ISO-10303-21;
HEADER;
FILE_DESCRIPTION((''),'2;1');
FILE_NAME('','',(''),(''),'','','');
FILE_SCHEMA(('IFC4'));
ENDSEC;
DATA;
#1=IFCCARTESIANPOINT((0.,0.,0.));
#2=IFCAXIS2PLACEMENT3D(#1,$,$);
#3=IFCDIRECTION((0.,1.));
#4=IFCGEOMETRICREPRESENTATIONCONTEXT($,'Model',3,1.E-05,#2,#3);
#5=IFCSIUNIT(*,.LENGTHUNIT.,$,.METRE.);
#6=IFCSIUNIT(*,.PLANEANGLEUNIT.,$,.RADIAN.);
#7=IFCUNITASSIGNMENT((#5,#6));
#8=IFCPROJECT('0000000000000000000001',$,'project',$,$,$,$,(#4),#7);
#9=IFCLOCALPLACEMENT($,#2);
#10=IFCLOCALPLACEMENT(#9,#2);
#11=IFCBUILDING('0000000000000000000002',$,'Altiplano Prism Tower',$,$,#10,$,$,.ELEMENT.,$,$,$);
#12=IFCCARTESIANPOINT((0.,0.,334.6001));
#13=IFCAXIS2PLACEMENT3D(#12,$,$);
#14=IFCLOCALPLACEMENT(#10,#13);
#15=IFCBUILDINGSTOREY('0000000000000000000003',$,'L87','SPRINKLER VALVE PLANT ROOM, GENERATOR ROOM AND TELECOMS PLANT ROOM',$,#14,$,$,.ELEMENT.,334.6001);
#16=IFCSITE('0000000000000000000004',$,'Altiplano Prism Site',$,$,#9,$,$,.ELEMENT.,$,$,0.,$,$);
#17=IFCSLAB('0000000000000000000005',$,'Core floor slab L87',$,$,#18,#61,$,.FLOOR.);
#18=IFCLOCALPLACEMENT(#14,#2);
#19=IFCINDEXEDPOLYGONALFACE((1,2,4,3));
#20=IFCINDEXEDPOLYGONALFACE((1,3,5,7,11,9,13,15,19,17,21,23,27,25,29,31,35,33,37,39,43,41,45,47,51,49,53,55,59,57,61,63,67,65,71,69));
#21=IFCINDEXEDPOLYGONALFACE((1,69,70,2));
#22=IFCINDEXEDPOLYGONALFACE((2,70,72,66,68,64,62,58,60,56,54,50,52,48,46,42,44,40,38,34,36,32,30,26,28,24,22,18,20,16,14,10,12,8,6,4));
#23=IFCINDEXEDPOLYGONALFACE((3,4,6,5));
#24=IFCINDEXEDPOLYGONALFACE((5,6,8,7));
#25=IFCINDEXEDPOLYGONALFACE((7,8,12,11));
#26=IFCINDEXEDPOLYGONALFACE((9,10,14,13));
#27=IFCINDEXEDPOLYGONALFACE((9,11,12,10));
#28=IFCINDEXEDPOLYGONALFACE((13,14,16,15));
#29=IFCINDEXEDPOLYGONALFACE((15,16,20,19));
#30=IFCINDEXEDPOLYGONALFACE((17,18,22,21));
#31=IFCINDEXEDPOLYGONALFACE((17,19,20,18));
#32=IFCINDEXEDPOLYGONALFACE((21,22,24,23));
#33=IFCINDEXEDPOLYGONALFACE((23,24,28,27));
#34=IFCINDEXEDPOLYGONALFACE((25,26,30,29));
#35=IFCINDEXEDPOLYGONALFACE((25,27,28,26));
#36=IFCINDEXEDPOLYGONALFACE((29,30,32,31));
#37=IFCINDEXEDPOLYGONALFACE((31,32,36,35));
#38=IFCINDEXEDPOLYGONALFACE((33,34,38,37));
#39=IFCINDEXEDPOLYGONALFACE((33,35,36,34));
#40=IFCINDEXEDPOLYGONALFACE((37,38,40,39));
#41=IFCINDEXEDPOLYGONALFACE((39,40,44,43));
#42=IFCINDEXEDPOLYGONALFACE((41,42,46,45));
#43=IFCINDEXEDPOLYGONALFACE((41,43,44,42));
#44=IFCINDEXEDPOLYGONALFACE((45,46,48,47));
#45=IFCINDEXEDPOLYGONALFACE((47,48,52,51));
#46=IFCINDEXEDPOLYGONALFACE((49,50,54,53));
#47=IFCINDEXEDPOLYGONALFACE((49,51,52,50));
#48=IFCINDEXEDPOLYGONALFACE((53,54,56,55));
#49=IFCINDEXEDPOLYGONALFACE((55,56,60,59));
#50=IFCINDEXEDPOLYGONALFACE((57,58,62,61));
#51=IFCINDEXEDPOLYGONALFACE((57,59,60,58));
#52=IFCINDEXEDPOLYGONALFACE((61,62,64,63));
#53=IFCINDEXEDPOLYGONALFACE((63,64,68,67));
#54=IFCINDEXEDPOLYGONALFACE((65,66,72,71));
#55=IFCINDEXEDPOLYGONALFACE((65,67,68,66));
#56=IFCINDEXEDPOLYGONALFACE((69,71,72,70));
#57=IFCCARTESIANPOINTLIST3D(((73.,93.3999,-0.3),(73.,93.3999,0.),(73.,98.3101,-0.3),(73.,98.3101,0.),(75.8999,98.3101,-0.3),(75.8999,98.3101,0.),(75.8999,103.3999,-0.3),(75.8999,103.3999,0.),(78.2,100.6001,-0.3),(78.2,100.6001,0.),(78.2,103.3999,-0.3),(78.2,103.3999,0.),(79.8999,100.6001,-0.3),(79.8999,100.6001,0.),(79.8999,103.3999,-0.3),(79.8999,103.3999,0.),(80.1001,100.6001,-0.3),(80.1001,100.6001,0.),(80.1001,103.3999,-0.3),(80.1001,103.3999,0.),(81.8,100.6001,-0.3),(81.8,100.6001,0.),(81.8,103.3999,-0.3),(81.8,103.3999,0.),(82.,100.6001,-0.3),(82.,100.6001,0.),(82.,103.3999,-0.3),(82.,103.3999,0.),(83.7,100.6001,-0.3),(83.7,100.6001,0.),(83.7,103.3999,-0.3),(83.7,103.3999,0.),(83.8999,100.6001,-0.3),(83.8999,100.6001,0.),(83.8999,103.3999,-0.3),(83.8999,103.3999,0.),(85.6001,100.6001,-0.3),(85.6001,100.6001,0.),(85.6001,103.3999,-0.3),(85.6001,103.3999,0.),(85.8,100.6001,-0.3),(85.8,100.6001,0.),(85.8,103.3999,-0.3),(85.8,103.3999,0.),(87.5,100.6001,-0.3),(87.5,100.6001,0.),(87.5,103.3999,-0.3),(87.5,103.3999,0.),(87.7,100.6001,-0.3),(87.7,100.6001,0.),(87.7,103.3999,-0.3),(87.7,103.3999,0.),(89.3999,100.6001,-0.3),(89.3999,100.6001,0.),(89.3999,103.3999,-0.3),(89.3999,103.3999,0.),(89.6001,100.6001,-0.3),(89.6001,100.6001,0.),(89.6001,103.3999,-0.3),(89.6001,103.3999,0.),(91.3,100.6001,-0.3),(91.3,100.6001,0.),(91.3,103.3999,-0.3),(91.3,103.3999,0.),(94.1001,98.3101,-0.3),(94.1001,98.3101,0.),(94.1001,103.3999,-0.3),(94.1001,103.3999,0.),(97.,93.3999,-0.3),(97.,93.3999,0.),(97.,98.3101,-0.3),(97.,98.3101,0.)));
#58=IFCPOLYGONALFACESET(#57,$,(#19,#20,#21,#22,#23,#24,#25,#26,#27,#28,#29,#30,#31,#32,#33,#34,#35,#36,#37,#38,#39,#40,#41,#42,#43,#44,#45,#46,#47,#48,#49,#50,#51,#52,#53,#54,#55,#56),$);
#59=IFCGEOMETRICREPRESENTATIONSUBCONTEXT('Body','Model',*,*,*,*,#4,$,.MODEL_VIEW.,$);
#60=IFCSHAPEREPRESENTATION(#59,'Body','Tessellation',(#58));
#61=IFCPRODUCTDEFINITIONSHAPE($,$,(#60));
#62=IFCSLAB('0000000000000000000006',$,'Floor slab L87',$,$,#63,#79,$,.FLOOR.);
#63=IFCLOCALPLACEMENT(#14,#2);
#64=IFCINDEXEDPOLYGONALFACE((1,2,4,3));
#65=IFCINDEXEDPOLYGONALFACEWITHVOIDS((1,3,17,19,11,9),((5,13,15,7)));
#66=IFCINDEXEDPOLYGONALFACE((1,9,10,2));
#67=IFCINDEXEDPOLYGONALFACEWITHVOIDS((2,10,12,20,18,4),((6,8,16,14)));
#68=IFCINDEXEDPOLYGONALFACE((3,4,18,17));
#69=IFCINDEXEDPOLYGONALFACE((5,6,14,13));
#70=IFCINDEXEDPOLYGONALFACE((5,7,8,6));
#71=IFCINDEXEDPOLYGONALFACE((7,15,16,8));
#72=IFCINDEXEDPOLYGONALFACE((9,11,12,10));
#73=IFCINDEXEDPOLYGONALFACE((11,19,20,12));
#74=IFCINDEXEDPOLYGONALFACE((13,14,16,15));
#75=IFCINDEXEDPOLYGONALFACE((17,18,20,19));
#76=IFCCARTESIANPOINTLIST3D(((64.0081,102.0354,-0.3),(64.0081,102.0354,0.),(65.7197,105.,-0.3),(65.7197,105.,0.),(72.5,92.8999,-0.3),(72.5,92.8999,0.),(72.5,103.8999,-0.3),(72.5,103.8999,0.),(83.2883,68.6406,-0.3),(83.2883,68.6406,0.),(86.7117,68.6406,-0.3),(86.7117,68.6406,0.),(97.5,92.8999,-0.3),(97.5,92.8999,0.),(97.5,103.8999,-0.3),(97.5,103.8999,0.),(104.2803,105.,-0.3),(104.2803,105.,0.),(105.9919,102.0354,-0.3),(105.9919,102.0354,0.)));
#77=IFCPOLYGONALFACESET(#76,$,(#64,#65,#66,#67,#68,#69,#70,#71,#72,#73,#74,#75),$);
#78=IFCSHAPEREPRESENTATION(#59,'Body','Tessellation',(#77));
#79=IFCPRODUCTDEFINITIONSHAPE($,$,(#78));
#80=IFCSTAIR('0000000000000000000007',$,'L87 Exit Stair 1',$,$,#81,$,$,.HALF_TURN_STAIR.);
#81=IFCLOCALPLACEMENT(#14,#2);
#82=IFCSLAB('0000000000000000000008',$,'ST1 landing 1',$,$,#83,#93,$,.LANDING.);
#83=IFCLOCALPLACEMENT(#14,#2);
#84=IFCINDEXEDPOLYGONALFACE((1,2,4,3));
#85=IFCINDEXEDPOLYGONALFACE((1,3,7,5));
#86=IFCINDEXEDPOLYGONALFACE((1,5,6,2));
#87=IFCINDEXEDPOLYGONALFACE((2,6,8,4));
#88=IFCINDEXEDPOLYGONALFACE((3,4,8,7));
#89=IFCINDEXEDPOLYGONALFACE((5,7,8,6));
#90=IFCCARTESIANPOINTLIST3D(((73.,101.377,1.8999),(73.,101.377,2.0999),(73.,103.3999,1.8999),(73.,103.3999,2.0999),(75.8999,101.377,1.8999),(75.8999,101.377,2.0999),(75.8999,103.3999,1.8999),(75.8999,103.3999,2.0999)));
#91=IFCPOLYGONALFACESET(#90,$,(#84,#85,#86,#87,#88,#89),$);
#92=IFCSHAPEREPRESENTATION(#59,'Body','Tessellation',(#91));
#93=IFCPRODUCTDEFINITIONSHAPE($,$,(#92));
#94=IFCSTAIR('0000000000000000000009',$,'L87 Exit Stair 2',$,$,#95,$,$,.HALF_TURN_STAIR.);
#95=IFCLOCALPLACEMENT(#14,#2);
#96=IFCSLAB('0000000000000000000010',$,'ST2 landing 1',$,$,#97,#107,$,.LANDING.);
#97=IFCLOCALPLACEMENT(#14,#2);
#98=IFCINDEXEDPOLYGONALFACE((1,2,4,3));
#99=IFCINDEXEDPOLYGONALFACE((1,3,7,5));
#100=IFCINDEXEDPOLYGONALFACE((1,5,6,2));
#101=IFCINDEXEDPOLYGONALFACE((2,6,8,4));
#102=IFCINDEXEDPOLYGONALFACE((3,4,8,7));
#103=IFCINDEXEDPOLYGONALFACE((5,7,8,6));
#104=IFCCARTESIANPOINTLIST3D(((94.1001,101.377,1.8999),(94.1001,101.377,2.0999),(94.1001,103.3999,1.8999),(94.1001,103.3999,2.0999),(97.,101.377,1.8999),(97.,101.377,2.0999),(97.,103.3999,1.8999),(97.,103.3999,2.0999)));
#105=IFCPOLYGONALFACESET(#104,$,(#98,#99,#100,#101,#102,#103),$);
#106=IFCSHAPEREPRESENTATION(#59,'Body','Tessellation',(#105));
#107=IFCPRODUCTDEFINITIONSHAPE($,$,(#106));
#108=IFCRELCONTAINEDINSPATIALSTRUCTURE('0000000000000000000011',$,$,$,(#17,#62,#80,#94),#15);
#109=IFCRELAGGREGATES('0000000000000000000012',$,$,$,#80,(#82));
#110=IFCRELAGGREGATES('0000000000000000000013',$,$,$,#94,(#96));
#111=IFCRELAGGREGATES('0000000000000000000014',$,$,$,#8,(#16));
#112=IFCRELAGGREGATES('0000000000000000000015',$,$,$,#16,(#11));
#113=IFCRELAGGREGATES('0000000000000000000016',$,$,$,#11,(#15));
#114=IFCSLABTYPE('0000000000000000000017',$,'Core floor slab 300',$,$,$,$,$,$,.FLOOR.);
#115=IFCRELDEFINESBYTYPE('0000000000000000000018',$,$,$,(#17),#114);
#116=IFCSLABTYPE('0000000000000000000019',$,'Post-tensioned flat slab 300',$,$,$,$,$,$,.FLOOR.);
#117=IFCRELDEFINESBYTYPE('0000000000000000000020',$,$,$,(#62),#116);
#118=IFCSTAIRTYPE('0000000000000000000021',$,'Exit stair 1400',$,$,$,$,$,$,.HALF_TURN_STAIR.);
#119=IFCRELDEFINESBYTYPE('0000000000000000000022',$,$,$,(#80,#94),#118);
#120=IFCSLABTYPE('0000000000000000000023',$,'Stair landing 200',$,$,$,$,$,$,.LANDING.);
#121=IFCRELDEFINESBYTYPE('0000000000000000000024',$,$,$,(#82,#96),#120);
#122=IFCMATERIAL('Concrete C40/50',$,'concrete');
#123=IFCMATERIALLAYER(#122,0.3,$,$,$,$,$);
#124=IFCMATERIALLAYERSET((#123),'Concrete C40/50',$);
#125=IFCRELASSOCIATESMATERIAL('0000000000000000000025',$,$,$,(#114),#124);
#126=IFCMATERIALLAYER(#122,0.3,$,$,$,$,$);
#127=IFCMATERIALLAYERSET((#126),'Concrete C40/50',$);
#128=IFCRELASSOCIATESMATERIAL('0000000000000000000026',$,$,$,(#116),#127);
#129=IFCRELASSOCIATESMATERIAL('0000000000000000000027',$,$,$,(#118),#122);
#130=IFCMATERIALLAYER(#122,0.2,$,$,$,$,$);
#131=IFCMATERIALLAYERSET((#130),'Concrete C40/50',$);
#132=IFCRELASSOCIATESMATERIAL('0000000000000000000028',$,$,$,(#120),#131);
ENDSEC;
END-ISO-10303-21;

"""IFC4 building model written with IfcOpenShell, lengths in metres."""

from ifc_helpers import new_model, si_unit, direction, frame, origin, place, context, subcontext, project, spatial, polyline, outline, extrude, material, layer, layer_set, type_object, element, aggregate, save


model = new_model("IFC4")

# Units and contexts
model_context = context("Model", 3, precision=1e-05, world=origin(), true_north=direction((0.0, 1.0)))
body_context = subcontext(model_context, "Body", "Model", "MODEL_VIEW")
ifc_project = project(units=[si_unit("LENGTHUNIT", "METRE"), si_unit("PLANEANGLEUNIT", "RADIAN")], contexts=[model_context])

# Site, building, storey
site_placement = place(None, origin())
site = spatial("IfcSite", under=ifc_project, at=site_placement, Name="Altiplano Prism Site", CompositionType="ELEMENT", RefElevation=0.0)
building_placement = place(site_placement, origin())
building = spatial("IfcBuilding", under=site, at=building_placement, Name="Altiplano Prism Tower", CompositionType="ELEMENT")
storey_placement = place(building_placement, frame((0.0, 0.0, 334.6001)))
storey = spatial("IfcBuildingStorey", under=building, at=storey_placement, Name="L87", Description="SPRINKLER VALVE PLANT ROOM, GENERATOR ROOM AND TELECOMS PLANT ROOM", CompositionType="ELEMENT", Elevation=334.6001)

# Slabs
ifc_material_1 = material(Name="Concrete C40/50", Category="concrete")
ifc_layer_1 = layer(ifc_material_1, 0.3)
ifc_layer_set_1 = layer_set([ifc_layer_1], Name="Concrete C40/50")
slab_type_1 = type_object("IfcSlabType", Name="Core floor slab 300", PredefinedType="FLOOR", material=ifc_layer_set_1)
slab_1_placement = place(storey_placement, frame((0.0, 0.0, -0.3)))
element("IfcSlab", 1, at=slab_1_placement, inside=storey, type_object=slab_type_1, Name="Core floor slab L87", PredefinedType="FLOOR", context=body_context, shape_type="SweptSolid", body=[
    extrude(outline(polyline([(97.0, 98.3101), (94.1001, 98.3101), (94.1001, 103.3999), (91.3, 103.3999), (91.3, 100.6001), (89.6001, 100.6001), (89.6001, 103.3999), (89.3999, 103.3999), (89.3999, 100.6001), (87.7, 100.6001), (87.7, 103.3999), (87.5, 103.3999), (87.5, 100.6001), (85.8, 100.6001), (85.8, 103.3999), (85.6001, 103.3999), (85.6001, 100.6001), (83.8999, 100.6001), (83.8999, 103.3999), (83.7, 103.3999), (83.7, 100.6001), (82.0, 100.6001), (82.0, 103.3999), (81.8, 103.3999), (81.8, 100.6001), (80.1001, 100.6001), (80.1001, 103.3999), (79.8999, 103.3999), (79.8999, 100.6001), (78.2, 100.6001), (78.2, 103.3999), (75.8999, 103.3999), (75.8999, 98.3101), (73.0, 98.3101), (73.0, 93.3999), (97.0, 93.3999), (97.0, 98.3101)])), origin(), (0.0, 0.0, 1.0), 0.3),
])
ifc_layer_2 = layer(ifc_material_1, 0.3)
ifc_layer_set_2 = layer_set([ifc_layer_2], Name="Concrete C40/50")
slab_type_2 = type_object("IfcSlabType", Name="Post-tensioned flat slab 300", PredefinedType="FLOOR", material=ifc_layer_set_2)
slab_2_placement = place(storey_placement, frame((0.0, 0.0, -0.3)))
element("IfcSlab", 2, at=slab_2_placement, inside=storey, type_object=slab_type_2, Name="Floor slab L87", PredefinedType="FLOOR", context=body_context, shape_type="SweptSolid", body=[
    extrude(outline(polyline([(105.9919, 102.0354), (86.7117, 68.6406), (83.2883, 68.6406), (64.0081, 102.0354), (65.7197, 105.0), (104.2803, 105.0), (105.9919, 102.0354)]), holes=[polyline([(97.5, 92.8999), (97.5, 103.8999), (72.5, 103.8999), (72.5, 92.8999), (97.5, 92.8999)])]), origin(), (0.0, 0.0, 1.0), 0.3),
])

# Stairs, slabs
stair_type = type_object("IfcStairType", Name="Exit stair 1400", PredefinedType="HALF_TURN_STAIR", material=ifc_material_1)
stair_1_placement = place(storey_placement, origin())
stair_1 = element("IfcStair", 3, at=stair_1_placement, inside=storey, type_object=stair_type, Name="L87 Exit Stair 1", PredefinedType="HALF_TURN_STAIR")
ifc_layer_3 = layer(ifc_material_1, 0.2)
ifc_layer_set_3 = layer_set([ifc_layer_3], Name="Concrete C40/50")
slab_type_3 = type_object("IfcSlabType", Name="Stair landing 200", PredefinedType="LANDING", material=ifc_layer_set_3)
slab_3_placement = place(storey_placement, frame((0.0, 0.0, 1.8999)))
slab_3 = element("IfcSlab", 4, at=slab_3_placement, type_object=slab_type_3, Name="ST1 landing 1", PredefinedType="LANDING", context=body_context, shape_type="SweptSolid", body=[
    extrude(outline(polyline([(75.8999, 101.377), (75.8999, 103.3999), (73.0, 103.3999), (73.0, 101.377), (75.8999, 101.377)])), origin(), (0.0, 0.0, 1.0), 0.2),
])
aggregate(stair_1, [slab_3])
stair_2_placement = place(storey_placement, origin())
stair_2 = element("IfcStair", 5, at=stair_2_placement, inside=storey, type_object=stair_type, Name="L87 Exit Stair 2", PredefinedType="HALF_TURN_STAIR")
slab_4_placement = place(storey_placement, frame((0.0, 0.0, 1.8999)))
slab_4 = element("IfcSlab", 6, at=slab_4_placement, type_object=slab_type_3, Name="ST2 landing 1", PredefinedType="LANDING", context=body_context, shape_type="SweptSolid", body=[
    extrude(outline(polyline([(97.0, 101.377), (97.0, 103.3999), (94.1001, 103.3999), (94.1001, 101.377), (97.0, 101.377)])), origin(), (0.0, 0.0, 1.0), 0.2),
])
aggregate(stair_2, [slab_4])

save(model, "model.ifc")
